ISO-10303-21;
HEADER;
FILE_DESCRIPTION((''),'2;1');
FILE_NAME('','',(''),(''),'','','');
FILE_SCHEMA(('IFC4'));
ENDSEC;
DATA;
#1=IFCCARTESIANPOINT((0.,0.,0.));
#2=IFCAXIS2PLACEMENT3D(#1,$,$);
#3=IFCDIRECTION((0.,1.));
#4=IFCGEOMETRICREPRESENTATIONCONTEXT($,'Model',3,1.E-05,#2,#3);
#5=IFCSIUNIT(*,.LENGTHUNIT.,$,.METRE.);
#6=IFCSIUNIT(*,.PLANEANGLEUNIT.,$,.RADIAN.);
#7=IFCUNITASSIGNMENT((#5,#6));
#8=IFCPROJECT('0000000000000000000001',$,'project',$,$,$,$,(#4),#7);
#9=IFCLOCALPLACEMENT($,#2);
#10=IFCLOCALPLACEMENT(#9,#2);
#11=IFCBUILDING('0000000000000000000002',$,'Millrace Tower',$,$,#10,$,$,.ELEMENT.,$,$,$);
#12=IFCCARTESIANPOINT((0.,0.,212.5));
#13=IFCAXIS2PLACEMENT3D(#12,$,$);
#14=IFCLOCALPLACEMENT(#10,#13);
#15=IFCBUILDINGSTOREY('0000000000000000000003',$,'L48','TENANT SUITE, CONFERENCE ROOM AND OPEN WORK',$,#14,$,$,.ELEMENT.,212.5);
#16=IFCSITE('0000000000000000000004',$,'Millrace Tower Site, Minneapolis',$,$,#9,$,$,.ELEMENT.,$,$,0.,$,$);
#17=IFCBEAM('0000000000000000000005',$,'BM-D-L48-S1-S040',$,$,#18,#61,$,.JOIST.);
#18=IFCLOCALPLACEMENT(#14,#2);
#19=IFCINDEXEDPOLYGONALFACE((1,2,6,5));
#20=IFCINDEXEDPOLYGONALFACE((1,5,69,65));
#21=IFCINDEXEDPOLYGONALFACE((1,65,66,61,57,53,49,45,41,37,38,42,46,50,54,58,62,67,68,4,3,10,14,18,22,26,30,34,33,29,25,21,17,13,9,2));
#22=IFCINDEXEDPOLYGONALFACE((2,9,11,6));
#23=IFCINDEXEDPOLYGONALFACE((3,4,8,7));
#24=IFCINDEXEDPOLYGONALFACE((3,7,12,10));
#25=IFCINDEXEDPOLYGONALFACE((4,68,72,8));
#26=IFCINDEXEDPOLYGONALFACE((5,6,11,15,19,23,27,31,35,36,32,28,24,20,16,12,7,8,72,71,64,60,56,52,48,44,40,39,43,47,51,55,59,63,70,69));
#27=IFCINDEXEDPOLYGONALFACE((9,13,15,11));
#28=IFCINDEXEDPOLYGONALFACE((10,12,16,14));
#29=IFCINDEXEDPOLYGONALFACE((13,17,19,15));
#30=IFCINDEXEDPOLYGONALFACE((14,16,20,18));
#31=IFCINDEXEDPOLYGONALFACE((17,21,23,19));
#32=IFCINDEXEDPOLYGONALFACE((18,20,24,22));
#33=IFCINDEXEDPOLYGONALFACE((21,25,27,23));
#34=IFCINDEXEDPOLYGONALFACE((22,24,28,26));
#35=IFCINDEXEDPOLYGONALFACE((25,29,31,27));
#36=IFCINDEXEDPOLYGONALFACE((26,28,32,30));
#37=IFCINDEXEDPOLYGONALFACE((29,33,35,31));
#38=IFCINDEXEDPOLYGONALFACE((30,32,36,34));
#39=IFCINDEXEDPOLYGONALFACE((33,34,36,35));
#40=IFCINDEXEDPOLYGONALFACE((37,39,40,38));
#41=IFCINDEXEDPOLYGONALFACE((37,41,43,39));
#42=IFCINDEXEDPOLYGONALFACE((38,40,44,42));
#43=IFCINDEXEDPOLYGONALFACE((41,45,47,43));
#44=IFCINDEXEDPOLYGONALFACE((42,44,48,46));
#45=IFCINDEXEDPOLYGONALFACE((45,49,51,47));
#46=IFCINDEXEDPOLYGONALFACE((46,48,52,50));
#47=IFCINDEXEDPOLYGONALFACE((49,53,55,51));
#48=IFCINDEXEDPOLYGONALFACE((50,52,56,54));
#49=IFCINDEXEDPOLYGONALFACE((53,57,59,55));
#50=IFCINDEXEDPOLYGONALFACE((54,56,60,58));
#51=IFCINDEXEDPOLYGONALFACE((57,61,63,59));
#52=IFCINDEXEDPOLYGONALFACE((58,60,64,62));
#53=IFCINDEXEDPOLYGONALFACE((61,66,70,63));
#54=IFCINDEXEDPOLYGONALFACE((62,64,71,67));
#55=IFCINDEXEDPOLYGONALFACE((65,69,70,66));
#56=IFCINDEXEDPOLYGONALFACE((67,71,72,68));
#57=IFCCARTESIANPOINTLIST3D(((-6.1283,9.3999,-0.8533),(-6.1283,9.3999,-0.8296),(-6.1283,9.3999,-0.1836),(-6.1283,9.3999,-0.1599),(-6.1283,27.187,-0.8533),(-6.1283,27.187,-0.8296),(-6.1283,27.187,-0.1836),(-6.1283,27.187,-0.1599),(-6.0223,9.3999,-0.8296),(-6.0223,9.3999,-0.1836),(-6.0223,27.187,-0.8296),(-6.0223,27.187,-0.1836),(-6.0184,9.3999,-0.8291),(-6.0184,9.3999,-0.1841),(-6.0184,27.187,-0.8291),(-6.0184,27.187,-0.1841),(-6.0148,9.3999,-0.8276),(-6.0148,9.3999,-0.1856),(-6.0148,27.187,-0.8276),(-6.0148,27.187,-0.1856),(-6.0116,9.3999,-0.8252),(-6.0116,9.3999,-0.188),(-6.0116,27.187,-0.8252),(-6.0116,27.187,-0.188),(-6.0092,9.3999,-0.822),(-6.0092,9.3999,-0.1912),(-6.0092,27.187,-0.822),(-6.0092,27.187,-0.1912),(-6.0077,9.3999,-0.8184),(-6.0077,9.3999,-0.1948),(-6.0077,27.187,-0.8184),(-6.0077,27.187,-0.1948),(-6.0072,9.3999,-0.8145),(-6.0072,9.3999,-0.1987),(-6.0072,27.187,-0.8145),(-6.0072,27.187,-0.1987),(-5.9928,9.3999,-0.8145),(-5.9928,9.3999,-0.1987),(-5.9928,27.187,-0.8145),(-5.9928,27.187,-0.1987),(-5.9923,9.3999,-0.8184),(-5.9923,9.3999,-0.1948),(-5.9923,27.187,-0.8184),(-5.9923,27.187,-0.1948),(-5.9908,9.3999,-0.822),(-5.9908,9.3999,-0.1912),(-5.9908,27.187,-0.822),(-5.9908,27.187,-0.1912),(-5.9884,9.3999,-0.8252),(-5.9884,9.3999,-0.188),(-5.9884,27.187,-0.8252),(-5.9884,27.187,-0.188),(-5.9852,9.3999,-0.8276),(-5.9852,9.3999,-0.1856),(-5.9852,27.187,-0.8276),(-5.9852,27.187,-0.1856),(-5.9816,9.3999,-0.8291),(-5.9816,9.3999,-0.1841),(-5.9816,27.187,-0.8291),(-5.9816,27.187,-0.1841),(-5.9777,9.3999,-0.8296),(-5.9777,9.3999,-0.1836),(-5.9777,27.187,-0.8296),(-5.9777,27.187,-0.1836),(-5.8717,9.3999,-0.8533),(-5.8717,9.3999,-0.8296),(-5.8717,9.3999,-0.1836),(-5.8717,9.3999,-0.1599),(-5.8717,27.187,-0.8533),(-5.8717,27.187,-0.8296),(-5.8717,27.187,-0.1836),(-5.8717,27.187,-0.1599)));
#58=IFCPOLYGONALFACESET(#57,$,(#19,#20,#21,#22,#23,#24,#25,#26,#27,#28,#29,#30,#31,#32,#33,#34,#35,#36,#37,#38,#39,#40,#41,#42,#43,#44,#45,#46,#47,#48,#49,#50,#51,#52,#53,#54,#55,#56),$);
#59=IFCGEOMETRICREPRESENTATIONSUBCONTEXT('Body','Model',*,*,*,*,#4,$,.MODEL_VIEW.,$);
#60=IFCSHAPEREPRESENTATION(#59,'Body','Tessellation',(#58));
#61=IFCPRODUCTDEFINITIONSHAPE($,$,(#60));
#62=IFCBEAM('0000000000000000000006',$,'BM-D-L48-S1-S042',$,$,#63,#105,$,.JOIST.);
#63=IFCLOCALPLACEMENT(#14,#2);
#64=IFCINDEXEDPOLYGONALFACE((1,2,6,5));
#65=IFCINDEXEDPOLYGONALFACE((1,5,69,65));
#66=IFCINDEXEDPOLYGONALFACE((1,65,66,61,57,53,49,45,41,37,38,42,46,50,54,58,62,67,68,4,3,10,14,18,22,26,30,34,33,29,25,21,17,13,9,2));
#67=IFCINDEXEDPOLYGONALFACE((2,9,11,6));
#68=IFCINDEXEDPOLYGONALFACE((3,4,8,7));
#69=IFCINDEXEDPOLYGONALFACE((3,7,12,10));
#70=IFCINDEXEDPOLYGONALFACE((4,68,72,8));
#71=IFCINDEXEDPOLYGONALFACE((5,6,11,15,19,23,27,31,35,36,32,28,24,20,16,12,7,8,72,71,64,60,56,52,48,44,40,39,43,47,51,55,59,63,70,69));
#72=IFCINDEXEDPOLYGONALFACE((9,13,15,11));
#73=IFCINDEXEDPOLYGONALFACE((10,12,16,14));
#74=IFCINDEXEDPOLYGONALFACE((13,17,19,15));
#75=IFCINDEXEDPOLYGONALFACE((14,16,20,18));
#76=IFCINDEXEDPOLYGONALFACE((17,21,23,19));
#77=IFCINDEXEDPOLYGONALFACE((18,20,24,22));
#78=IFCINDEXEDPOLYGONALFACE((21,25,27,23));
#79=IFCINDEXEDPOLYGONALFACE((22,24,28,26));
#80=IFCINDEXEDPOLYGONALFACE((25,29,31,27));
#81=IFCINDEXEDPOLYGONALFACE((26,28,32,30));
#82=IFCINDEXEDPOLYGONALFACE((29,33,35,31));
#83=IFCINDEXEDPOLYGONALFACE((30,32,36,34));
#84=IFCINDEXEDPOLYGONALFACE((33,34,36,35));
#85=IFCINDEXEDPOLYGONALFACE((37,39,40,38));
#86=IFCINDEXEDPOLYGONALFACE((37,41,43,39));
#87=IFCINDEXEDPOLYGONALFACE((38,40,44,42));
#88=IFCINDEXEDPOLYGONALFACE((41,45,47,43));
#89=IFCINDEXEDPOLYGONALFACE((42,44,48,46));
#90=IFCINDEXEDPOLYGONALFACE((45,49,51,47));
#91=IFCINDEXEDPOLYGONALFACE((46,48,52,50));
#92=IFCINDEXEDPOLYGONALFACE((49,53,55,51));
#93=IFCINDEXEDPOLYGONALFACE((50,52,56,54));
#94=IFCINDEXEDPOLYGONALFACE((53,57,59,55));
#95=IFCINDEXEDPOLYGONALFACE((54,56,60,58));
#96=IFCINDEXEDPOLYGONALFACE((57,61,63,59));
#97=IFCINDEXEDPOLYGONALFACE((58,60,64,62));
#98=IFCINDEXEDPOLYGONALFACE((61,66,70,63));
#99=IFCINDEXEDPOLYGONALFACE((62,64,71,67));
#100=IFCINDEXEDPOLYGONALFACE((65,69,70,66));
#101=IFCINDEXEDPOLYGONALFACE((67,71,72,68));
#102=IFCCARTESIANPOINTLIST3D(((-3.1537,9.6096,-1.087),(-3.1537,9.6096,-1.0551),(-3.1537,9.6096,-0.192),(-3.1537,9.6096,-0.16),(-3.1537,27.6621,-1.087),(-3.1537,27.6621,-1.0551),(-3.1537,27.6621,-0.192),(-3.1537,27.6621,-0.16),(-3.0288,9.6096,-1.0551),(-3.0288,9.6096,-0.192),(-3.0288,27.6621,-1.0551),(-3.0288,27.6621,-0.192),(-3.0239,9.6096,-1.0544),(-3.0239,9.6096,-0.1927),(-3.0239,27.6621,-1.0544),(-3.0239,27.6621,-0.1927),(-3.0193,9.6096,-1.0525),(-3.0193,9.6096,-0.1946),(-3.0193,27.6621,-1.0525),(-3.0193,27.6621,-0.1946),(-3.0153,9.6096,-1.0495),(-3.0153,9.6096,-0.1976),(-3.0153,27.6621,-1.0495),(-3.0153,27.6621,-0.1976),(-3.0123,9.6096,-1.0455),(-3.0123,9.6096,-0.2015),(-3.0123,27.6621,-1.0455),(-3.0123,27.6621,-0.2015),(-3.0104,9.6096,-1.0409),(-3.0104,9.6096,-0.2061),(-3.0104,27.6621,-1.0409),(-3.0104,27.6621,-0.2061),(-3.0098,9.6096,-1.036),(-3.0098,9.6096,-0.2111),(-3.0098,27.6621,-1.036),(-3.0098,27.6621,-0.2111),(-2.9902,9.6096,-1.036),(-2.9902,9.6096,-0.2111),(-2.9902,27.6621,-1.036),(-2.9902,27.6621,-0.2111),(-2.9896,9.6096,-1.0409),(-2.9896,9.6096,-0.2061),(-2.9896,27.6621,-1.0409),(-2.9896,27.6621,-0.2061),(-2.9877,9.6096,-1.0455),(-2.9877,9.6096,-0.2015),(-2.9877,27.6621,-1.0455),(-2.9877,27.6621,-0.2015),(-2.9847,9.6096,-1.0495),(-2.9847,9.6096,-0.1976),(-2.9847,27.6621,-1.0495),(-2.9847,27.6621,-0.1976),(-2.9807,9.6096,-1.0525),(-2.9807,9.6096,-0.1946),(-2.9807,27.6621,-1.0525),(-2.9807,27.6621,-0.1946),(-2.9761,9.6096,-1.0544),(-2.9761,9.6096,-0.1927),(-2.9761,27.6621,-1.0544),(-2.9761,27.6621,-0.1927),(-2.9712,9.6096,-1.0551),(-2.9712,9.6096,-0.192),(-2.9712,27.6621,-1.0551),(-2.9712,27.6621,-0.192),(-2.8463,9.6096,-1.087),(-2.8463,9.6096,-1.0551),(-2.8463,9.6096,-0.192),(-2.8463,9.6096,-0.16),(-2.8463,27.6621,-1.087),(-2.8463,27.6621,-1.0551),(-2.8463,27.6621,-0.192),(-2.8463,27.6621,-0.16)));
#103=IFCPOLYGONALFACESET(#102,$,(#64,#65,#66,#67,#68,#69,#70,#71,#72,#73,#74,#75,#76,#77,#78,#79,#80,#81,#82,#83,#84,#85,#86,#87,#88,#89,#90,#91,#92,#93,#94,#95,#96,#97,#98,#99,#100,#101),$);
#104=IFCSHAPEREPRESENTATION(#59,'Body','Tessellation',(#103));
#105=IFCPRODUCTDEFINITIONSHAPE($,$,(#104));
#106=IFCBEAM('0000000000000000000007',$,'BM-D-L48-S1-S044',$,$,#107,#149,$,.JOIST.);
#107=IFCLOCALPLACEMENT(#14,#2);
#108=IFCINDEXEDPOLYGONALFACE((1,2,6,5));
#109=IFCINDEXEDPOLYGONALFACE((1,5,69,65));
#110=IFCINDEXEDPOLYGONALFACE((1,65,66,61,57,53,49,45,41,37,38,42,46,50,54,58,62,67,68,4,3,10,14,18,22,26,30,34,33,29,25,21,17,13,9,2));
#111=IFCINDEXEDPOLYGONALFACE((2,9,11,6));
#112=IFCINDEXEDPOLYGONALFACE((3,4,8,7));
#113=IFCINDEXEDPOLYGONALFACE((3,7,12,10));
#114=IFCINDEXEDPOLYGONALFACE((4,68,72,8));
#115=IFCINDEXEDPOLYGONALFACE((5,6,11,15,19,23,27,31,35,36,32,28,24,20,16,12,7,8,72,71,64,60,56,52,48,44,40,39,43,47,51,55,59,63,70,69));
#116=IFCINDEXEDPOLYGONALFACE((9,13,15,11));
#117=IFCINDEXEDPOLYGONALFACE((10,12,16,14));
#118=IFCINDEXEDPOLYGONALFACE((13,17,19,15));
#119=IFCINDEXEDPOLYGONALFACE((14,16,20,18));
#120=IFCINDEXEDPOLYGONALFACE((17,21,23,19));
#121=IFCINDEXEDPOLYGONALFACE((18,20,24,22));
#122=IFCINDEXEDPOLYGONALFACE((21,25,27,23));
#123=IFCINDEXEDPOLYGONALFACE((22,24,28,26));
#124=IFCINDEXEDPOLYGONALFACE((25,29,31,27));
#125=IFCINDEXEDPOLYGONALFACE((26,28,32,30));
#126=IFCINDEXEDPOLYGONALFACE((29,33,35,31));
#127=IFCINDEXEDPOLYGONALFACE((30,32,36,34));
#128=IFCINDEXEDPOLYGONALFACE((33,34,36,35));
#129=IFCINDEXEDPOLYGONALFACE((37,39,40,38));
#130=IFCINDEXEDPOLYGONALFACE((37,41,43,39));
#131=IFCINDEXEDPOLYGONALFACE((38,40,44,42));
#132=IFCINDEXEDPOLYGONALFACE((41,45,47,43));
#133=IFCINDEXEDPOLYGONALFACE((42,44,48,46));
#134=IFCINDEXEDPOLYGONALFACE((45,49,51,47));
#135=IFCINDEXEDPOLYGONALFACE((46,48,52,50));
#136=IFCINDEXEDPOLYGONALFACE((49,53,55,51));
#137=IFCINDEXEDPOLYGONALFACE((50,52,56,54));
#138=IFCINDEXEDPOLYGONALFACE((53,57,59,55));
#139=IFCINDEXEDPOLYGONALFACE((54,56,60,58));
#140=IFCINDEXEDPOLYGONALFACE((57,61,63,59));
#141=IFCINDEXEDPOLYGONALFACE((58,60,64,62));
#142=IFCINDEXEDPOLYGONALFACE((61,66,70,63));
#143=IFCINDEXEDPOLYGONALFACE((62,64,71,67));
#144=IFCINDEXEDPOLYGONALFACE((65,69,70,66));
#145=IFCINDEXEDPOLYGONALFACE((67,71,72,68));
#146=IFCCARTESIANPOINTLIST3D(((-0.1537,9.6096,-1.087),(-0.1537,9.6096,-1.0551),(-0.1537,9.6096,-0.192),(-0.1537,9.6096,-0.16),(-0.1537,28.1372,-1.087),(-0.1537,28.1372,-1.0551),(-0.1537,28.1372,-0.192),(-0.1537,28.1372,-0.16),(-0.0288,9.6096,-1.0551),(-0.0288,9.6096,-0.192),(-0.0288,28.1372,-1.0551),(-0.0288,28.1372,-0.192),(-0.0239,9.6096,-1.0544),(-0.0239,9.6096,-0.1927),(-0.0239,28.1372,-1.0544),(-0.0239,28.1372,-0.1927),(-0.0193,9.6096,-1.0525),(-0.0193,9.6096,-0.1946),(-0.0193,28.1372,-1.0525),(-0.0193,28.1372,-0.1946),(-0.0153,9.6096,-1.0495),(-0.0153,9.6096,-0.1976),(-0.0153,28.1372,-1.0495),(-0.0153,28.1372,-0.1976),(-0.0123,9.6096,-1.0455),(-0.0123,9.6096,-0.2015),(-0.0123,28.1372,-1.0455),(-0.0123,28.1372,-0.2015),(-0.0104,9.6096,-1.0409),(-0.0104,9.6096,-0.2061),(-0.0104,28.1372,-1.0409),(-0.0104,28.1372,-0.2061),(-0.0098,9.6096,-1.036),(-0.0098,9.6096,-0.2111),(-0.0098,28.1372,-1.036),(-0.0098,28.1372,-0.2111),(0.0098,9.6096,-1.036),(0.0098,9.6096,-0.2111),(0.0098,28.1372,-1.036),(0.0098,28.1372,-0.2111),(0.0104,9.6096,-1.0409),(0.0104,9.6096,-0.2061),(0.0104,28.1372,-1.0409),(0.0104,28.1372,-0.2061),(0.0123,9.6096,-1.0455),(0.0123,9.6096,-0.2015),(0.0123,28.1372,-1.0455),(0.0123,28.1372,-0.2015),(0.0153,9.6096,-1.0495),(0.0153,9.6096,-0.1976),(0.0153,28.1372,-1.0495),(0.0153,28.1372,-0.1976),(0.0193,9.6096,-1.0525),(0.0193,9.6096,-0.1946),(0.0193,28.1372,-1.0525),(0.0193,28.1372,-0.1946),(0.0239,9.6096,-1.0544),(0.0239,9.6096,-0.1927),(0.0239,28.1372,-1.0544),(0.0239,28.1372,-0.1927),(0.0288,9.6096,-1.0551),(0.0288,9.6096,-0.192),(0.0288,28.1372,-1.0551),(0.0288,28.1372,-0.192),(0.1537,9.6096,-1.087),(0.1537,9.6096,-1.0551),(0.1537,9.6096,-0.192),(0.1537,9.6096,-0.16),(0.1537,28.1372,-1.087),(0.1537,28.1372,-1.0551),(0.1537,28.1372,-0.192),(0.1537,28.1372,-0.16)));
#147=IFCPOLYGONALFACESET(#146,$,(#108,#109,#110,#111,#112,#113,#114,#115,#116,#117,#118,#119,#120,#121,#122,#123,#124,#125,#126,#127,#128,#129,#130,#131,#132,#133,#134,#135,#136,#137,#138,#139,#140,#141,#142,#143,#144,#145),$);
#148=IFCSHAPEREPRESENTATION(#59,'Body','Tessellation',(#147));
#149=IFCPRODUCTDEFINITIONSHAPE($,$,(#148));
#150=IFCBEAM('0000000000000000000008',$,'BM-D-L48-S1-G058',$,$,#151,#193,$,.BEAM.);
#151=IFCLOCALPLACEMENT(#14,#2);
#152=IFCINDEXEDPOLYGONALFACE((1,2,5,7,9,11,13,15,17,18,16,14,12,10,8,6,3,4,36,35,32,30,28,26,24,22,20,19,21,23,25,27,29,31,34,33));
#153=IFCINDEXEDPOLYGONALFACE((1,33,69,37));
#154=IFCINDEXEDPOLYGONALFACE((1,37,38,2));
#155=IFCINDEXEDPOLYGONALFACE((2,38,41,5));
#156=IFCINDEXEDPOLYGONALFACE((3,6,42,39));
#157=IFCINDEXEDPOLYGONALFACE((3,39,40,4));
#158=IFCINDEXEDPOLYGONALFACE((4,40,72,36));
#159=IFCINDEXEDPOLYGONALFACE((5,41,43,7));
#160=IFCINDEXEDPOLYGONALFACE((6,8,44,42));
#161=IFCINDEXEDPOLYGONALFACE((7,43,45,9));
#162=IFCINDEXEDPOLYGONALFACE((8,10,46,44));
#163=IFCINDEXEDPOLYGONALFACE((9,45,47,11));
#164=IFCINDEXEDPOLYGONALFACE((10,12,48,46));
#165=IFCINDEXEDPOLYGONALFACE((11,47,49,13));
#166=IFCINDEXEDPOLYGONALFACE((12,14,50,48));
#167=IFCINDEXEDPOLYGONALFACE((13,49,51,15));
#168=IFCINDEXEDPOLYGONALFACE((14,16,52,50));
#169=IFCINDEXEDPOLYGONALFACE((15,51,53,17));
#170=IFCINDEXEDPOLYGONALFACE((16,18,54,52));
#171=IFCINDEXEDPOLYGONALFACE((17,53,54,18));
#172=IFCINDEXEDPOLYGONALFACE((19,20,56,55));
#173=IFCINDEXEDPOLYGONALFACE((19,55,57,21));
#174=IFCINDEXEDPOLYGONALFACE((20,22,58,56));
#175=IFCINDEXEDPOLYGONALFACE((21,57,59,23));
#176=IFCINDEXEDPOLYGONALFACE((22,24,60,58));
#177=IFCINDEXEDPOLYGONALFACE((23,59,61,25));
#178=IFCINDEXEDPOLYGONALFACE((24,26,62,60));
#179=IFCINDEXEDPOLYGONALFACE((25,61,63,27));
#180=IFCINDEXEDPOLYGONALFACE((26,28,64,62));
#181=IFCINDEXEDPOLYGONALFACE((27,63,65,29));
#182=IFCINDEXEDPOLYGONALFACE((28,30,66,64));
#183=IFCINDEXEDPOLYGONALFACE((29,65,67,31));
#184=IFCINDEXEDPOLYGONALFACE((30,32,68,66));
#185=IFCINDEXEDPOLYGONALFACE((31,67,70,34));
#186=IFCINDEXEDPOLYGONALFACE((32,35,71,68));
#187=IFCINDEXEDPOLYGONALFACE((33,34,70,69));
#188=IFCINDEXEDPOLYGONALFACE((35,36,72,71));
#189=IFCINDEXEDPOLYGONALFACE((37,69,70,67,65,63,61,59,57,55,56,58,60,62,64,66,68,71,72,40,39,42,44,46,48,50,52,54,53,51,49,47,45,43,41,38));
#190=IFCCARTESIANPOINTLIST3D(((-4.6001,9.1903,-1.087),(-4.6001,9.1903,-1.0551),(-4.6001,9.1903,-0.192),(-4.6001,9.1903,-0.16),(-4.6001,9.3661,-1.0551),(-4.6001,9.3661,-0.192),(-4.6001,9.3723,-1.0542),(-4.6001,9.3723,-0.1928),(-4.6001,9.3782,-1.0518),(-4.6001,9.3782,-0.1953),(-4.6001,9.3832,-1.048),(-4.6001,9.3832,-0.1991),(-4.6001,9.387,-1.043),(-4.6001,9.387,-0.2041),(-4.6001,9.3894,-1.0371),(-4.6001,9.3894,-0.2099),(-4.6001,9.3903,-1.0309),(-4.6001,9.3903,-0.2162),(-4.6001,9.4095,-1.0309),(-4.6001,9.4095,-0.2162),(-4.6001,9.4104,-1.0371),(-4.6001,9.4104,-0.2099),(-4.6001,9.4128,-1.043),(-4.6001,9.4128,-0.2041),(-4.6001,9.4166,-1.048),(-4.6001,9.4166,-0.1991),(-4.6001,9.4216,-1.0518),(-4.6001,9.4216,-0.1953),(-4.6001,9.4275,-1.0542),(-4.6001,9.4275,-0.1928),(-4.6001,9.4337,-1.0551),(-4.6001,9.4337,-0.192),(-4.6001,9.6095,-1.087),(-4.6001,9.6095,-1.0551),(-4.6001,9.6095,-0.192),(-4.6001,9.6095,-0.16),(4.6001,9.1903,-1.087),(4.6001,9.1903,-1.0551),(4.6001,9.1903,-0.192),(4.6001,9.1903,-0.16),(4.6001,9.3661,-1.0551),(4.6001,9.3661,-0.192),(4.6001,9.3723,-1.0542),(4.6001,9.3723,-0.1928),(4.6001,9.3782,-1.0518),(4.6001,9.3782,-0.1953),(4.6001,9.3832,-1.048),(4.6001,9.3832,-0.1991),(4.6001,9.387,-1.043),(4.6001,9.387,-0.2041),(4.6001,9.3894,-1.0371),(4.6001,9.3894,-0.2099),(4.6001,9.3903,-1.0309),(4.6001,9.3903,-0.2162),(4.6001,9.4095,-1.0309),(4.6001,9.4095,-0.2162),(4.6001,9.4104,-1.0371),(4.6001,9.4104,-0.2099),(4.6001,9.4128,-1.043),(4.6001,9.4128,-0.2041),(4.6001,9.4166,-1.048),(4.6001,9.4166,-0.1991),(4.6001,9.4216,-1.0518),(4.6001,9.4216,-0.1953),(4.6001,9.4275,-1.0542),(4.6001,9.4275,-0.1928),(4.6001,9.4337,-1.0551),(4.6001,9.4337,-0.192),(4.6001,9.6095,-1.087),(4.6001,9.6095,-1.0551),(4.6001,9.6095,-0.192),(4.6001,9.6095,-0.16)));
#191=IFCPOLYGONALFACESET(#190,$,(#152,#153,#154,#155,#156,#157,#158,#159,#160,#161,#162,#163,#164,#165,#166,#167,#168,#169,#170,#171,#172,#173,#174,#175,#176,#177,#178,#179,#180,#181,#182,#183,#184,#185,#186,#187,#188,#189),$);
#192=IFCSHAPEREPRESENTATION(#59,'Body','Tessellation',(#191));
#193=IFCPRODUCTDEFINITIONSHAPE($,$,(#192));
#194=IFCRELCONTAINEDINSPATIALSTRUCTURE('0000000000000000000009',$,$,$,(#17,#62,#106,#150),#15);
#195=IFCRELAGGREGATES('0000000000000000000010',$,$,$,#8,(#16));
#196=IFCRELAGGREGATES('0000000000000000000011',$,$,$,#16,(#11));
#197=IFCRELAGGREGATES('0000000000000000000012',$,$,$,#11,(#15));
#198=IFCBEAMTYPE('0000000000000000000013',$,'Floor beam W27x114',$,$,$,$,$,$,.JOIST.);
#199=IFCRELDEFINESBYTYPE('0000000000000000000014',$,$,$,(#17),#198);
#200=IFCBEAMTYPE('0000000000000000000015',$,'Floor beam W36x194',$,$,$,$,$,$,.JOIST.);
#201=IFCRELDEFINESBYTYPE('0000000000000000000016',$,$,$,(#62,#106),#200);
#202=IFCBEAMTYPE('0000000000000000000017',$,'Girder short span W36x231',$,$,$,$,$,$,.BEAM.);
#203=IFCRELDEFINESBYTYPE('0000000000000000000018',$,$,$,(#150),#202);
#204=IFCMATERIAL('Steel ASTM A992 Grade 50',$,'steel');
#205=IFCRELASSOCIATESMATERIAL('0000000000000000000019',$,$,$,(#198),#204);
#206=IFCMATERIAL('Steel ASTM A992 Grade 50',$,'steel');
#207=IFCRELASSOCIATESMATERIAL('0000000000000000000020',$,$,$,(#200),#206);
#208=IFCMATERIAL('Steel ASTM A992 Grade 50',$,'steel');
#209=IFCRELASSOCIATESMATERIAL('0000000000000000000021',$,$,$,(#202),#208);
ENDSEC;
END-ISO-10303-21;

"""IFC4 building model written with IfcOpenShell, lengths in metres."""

from ifc_helpers import new_model, si_unit, direction, frame, origin, origin_2d, place, context, subcontext, project, spatial, i_section, extrude, material, material_profile, profile_set, type_object, element, save


model = new_model("IFC4")

# Units and contexts
model_context = context("Model", 3, precision=1e-05, world=origin(), true_north=direction((0.0, 1.0)))
body_context = subcontext(model_context, "Body", "Model", "MODEL_VIEW")
ifc_project = project(units=[si_unit("LENGTHUNIT", "METRE"), si_unit("PLANEANGLEUNIT", "RADIAN")], contexts=[model_context])

# Site, building, storey
site_placement = place(None, origin())
site = spatial("IfcSite", under=ifc_project, at=site_placement, Name="Millrace Tower Site, Minneapolis", CompositionType="ELEMENT", RefElevation=0.0)
building_placement = place(site_placement, origin())
building = spatial("IfcBuilding", under=site, at=building_placement, Name="Millrace Tower", CompositionType="ELEMENT")
storey_placement = place(building_placement, frame((0.0, 0.0, 212.5)))
storey = spatial("IfcBuildingStorey", under=building, at=storey_placement, Name="L48", Description="TENANT SUITE, CONFERENCE ROOM AND OPEN WORK", CompositionType="ELEMENT", Elevation=212.5)

# Beams
ifc_material_1 = material(Name="Steel ASTM A992 Grade 50", Category="steel")
ifc_material_profile_1 = material_profile(ifc_material_1, i_section(OverallWidth=0.2566, OverallDepth=0.6934, WebThickness=0.0144, FlangeThickness=0.0237, FilletRadius=0.0151, at=origin_2d()))
ifc_profile_set_1 = profile_set([ifc_material_profile_1], Name="Steel ASTM A992 Grade 50")
beam_type_1 = type_object("IfcBeamType", Name="Floor beam W27x114", PredefinedType="JOIST", material=ifc_profile_set_1)
beam_1_placement = place(storey_placement, frame((-6.0, 9.3999, -0.5066), z_axis=(0.0, 1.0, 0.0), x_axis=(-1.0, 0.0, 0.0)))
element("IfcBeam", 1, at=beam_1_placement, inside=storey, type_object=beam_type_1, Name="BM-D-L48-S1-S040", PredefinedType="JOIST", context=body_context, shape_type="SweptSolid", body=[
    extrude(i_section(OverallWidth=0.2566, OverallDepth=0.6934, WebThickness=0.0144, FlangeThickness=0.0237, FilletRadius=0.0151, at=origin_2d()), origin(), (0.0, 0.0, 1.0), 17.7871),
])
ifc_material_2 = material(Name="Steel ASTM A992 Grade 50", Category="steel")
ifc_material_profile_2 = material_profile(ifc_material_2, i_section(OverallWidth=0.3074, OverallDepth=0.927, WebThickness=0.0195, FlangeThickness=0.032, FilletRadius=0.019, at=origin_2d()))
ifc_profile_set_2 = profile_set([ifc_material_profile_2], Name="Steel ASTM A992 Grade 50")
beam_type_2 = type_object("IfcBeamType", Name="Floor beam W36x194", PredefinedType="JOIST", material=ifc_profile_set_2)
beam_2_placement = place(storey_placement, frame((-3.0, 9.6096, -0.6235), z_axis=(0.0, 1.0, 0.0), x_axis=(-1.0, 0.0, 0.0)))
element("IfcBeam", 2, at=beam_2_placement, inside=storey, type_object=beam_type_2, Name="BM-D-L48-S1-S042", PredefinedType="JOIST", context=body_context, shape_type="SweptSolid", body=[
    extrude(i_section(OverallWidth=0.3074, OverallDepth=0.927, WebThickness=0.0195, FlangeThickness=0.032, FilletRadius=0.019, at=origin_2d()), origin(), (0.0, 0.0, 1.0), 18.0525),
])
beam_3_placement = place(storey_placement, frame((0.0, 9.6096, -0.6235), z_axis=(0.0, 1.0, 0.0), x_axis=(-1.0, 0.0, 0.0)))
element("IfcBeam", 3, at=beam_3_placement, inside=storey, type_object=beam_type_2, Name="BM-D-L48-S1-S044", PredefinedType="JOIST", context=body_context, shape_type="SweptSolid", body=[
    extrude(i_section(OverallWidth=0.3074, OverallDepth=0.927, WebThickness=0.0195, FlangeThickness=0.032, FilletRadius=0.019, at=origin_2d()), origin(), (0.0, 0.0, 1.0), 18.5276),
])
ifc_material_3 = material(Name="Steel ASTM A992 Grade 50", Category="steel")
ifc_material_profile_3 = material_profile(ifc_material_3, i_section(OverallWidth=0.4192, OverallDepth=0.927, WebThickness=0.0193, FlangeThickness=0.032, FilletRadius=0.0242, at=origin_2d()))
ifc_profile_set_3 = profile_set([ifc_material_profile_3], Name="Steel ASTM A992 Grade 50")
beam_type_3 = type_object("IfcBeamType", Name="Girder short span W36x231", PredefinedType="BEAM", material=ifc_profile_set_3)
beam_4_placement = place(storey_placement, frame((-4.6001, 9.3999, -0.6235), z_axis=(1.0, 0.0, 0.0), x_axis=(0.0, 1.0, 0.0)))
element("IfcBeam", 4, at=beam_4_placement, inside=storey, type_object=beam_type_3, Name="BM-D-L48-S1-G058", PredefinedType="BEAM", context=body_context, shape_type="SweptSolid", body=[
    extrude(i_section(OverallWidth=0.4192, OverallDepth=0.927, WebThickness=0.0193, FlangeThickness=0.032, FilletRadius=0.0242, at=origin_2d()), origin(), (0.0, 0.0, 1.0), 9.2002),
])

save(model, "model.ifc")
